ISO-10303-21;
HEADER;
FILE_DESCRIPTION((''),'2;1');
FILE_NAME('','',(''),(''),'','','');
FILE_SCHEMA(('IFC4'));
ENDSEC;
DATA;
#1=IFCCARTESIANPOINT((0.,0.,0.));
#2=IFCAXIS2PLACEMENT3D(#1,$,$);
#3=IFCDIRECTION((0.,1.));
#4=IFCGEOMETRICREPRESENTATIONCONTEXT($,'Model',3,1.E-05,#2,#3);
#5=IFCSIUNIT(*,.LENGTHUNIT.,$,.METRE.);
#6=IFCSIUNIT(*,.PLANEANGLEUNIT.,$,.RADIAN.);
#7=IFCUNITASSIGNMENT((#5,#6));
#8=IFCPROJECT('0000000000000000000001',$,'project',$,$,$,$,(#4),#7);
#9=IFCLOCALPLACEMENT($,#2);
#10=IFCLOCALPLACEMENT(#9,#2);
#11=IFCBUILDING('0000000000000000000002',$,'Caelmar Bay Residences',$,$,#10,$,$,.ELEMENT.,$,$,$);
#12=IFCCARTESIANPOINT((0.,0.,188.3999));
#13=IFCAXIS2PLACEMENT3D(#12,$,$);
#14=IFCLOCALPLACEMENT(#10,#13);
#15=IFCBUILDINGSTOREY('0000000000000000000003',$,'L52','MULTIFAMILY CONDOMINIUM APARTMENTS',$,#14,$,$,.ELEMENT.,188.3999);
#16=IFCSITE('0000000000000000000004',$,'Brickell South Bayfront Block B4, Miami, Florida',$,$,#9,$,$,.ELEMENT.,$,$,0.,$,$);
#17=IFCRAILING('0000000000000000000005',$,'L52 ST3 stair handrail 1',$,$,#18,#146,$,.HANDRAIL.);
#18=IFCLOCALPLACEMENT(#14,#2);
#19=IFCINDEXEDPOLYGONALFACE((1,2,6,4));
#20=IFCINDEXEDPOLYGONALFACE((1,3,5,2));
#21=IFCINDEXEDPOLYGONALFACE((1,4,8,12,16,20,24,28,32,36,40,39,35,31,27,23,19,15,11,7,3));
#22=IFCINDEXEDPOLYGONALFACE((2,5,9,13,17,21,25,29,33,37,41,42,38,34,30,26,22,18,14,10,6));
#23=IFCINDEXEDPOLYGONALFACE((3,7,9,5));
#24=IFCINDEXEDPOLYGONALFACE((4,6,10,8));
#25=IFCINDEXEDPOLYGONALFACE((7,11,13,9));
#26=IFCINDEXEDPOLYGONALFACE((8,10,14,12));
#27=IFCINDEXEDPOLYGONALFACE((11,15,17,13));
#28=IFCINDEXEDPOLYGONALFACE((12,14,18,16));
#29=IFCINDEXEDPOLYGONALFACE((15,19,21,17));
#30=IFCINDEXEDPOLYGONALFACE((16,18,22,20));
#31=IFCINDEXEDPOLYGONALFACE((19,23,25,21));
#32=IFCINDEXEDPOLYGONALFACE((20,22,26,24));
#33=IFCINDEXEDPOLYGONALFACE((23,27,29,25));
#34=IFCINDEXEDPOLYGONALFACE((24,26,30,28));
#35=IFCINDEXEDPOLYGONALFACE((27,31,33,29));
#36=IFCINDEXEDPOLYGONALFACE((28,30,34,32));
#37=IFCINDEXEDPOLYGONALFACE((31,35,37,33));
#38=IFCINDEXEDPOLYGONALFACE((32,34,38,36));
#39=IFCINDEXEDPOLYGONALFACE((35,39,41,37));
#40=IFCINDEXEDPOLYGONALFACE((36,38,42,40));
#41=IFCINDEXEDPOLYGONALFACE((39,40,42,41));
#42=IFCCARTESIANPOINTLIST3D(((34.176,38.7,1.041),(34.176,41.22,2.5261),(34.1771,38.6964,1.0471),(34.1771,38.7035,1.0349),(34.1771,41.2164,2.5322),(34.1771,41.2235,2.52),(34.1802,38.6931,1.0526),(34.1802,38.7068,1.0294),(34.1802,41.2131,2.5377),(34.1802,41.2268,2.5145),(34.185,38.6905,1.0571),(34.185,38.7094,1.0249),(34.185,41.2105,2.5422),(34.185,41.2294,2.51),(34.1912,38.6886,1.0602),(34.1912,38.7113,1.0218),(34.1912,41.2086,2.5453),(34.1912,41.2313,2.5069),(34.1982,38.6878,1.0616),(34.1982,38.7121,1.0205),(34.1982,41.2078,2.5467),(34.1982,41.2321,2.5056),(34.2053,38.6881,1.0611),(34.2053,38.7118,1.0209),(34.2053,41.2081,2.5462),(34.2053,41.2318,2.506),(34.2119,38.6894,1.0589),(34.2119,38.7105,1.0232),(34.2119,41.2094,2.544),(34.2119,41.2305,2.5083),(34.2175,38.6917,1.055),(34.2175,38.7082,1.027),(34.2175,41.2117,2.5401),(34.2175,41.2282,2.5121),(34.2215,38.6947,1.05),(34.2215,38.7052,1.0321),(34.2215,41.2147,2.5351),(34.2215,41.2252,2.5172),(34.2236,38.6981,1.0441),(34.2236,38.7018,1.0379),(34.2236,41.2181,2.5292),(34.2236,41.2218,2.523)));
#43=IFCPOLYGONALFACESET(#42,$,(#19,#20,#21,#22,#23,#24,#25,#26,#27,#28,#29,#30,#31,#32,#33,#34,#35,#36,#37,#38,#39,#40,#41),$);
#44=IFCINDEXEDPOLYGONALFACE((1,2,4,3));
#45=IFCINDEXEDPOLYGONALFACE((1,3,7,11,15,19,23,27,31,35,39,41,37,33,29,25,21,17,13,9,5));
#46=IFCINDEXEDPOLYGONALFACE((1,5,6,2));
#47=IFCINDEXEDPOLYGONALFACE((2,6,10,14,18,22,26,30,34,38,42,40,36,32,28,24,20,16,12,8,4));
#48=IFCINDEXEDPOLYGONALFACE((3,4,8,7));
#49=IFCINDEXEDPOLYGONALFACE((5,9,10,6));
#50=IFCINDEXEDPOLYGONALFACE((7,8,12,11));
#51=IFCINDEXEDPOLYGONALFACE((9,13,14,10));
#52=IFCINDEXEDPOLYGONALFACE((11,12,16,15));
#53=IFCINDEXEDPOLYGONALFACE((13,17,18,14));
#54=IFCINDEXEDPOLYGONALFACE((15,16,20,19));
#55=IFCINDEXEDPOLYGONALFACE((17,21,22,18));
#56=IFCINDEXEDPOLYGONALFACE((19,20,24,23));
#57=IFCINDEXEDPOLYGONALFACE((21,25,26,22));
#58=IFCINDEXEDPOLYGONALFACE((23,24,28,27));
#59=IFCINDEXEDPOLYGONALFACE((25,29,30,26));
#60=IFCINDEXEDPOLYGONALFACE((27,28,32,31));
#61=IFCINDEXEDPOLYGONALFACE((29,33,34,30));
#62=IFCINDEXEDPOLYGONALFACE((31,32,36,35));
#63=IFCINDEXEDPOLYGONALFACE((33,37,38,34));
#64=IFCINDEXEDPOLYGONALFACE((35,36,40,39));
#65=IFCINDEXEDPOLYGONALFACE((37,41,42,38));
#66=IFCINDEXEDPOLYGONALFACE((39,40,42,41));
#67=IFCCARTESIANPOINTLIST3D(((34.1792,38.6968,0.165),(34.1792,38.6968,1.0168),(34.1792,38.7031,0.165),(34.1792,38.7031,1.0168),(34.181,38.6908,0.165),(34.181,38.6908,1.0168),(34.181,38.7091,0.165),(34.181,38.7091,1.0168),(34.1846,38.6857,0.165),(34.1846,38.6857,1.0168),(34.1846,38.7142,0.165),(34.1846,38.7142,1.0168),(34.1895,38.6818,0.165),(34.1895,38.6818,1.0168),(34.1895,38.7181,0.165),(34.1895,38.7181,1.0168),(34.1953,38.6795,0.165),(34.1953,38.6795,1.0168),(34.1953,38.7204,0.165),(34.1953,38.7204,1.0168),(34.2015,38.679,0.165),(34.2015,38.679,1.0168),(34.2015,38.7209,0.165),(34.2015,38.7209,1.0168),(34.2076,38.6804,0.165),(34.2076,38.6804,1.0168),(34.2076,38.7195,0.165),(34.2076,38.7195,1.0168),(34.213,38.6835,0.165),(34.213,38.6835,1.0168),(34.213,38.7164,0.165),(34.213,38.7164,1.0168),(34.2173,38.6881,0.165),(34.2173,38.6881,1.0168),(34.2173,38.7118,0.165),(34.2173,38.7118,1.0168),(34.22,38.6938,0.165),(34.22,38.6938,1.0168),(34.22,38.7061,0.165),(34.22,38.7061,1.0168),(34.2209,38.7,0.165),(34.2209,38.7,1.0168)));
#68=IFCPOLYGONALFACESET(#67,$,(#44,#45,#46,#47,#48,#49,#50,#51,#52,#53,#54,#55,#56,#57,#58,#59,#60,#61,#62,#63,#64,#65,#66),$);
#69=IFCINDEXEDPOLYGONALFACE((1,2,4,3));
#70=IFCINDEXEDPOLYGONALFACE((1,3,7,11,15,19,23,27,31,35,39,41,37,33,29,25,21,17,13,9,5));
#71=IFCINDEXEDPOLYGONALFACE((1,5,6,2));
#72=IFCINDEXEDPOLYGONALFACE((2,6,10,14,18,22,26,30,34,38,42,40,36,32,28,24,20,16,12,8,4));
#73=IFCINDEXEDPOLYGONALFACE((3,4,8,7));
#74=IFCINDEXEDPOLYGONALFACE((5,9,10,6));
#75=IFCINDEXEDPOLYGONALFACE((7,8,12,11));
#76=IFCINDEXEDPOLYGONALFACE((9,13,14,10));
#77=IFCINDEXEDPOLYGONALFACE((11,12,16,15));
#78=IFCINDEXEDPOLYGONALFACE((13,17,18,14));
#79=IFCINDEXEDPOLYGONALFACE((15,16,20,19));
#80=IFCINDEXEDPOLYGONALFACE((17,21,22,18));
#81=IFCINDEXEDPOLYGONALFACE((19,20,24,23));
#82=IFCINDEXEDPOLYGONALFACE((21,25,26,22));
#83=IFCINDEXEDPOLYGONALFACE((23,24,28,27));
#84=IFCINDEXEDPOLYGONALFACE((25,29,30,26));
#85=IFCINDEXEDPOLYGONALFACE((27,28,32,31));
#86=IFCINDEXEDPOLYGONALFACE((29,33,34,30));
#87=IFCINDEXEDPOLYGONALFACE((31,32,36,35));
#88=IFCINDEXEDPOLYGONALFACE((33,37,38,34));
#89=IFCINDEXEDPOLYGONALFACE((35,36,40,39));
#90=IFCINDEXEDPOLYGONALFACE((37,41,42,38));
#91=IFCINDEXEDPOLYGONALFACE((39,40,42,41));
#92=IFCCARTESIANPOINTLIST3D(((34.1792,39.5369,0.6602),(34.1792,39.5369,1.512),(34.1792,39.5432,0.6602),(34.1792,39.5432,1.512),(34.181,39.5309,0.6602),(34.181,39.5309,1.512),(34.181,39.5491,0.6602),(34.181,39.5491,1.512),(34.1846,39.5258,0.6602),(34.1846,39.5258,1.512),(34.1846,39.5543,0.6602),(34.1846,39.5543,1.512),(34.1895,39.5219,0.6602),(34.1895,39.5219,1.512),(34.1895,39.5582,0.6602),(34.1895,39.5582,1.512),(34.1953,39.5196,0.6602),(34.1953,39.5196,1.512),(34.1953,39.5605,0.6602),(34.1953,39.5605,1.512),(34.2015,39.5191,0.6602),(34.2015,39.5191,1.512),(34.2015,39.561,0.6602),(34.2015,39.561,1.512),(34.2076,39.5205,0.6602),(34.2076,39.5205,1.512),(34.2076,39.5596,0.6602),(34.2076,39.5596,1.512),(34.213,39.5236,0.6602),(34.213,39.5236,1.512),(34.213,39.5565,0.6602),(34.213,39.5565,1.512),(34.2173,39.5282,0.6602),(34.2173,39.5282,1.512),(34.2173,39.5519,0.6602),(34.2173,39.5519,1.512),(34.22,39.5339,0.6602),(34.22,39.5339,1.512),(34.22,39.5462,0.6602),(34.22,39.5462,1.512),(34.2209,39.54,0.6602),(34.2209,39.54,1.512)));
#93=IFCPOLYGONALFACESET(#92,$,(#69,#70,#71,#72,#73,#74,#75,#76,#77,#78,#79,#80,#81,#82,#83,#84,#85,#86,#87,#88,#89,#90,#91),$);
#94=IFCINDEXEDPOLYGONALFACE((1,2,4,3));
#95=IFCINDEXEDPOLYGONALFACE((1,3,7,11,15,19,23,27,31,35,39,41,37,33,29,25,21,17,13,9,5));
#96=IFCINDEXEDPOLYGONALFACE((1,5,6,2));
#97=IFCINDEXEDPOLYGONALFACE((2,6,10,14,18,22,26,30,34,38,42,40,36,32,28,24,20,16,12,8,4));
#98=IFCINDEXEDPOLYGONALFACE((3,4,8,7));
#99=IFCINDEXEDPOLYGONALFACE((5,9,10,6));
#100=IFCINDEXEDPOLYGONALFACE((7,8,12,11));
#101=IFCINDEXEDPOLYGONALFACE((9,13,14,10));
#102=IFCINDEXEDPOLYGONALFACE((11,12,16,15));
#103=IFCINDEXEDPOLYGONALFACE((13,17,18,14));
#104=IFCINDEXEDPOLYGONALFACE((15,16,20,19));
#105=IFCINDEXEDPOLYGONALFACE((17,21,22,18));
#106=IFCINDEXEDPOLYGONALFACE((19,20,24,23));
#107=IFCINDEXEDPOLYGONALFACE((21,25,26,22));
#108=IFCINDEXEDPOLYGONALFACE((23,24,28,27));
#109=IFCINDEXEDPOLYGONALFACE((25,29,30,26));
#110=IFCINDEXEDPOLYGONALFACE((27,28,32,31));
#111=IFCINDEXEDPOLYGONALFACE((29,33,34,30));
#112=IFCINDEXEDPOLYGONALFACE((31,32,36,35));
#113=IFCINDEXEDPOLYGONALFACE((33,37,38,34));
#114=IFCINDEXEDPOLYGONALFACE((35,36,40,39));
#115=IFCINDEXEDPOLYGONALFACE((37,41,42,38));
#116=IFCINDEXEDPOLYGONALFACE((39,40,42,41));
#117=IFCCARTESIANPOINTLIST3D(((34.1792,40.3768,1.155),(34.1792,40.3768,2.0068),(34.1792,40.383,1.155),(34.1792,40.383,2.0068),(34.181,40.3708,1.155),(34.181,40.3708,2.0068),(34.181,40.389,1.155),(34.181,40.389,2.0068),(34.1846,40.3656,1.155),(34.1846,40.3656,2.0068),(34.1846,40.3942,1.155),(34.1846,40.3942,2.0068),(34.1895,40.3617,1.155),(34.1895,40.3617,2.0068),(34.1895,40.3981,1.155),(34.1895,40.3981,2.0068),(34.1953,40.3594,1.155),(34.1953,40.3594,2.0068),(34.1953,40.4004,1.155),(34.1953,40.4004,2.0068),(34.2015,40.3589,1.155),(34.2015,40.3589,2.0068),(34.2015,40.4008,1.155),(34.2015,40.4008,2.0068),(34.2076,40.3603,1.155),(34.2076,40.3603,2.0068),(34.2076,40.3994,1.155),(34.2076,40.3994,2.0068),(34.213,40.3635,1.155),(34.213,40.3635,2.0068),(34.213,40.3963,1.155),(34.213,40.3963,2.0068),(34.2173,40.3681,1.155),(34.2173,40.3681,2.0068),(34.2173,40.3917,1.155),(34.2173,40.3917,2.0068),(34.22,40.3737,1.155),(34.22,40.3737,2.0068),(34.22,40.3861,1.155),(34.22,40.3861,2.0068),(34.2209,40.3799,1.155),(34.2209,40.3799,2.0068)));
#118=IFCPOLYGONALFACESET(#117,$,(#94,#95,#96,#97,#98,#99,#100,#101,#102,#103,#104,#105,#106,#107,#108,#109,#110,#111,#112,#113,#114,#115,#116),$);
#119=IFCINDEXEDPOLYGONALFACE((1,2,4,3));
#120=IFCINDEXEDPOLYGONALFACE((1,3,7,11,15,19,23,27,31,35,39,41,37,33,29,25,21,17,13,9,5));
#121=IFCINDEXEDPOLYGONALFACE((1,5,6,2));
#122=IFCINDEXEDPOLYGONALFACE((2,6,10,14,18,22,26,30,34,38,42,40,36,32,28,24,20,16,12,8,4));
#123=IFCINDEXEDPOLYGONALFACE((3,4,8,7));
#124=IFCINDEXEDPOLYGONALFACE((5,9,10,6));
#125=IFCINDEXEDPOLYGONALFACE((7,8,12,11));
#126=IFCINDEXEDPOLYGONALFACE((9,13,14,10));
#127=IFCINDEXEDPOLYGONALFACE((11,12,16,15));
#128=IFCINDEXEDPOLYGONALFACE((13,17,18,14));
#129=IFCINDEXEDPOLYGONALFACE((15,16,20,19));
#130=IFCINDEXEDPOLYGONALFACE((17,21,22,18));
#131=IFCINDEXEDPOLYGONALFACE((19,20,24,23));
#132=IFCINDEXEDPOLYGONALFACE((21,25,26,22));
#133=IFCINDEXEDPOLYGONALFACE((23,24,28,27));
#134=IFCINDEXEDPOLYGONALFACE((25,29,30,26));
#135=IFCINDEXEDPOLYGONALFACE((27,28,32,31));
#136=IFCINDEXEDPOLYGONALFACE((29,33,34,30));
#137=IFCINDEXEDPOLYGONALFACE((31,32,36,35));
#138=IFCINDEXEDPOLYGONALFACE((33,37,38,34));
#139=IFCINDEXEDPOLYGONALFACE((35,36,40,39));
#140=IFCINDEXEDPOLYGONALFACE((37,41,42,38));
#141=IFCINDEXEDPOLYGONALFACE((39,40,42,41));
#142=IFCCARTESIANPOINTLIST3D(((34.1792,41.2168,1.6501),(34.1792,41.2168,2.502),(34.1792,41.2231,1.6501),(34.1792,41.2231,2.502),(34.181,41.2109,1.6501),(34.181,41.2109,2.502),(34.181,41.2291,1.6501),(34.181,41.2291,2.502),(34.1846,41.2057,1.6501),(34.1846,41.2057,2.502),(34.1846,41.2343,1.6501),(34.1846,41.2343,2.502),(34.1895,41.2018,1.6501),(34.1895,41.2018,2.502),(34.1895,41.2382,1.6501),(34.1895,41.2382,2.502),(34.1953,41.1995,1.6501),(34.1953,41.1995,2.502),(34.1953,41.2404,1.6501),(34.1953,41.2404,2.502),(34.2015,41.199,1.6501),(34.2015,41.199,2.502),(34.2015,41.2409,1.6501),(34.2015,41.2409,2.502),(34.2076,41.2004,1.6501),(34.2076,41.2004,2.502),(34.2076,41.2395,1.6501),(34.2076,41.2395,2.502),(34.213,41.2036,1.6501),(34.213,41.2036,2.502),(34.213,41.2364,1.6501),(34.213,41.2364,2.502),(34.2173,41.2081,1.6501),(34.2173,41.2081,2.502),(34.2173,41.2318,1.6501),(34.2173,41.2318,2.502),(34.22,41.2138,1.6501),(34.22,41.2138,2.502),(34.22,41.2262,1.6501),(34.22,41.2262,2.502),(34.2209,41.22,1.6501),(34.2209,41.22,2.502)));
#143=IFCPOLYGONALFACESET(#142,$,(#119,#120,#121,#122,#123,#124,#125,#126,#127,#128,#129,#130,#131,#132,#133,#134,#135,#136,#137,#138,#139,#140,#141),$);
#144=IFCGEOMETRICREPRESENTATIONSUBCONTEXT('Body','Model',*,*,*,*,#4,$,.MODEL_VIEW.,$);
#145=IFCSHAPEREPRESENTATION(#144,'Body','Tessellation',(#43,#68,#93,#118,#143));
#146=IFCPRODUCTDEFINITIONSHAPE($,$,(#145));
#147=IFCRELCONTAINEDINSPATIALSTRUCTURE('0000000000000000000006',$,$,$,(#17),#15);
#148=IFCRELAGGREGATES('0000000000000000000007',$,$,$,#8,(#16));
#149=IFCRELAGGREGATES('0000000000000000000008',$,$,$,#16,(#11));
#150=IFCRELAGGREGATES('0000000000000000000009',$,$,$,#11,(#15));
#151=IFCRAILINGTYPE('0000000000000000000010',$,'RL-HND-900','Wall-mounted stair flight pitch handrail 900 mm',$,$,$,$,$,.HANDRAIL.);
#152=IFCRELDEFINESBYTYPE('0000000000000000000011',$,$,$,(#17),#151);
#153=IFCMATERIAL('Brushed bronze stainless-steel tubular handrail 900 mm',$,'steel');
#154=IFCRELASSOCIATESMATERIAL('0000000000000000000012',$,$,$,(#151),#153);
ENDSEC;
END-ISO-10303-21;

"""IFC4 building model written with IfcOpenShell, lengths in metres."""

from ifc_helpers import new_model, si_unit, direction, frame, origin, origin_2d, place, context, subcontext, project, spatial, circle, extrude, material, type_object, element, save


model = new_model("IFC4")

# Units and contexts
model_context = context("Model", 3, precision=1e-05, world=origin(), true_north=direction((0.0, 1.0)))
body_context = subcontext(model_context, "Body", "Model", "MODEL_VIEW")
ifc_project = project(units=[si_unit("LENGTHUNIT", "METRE"), si_unit("PLANEANGLEUNIT", "RADIAN")], contexts=[model_context])

# Site, building, storey
site_placement = place(None, origin())
site = spatial("IfcSite", under=ifc_project, at=site_placement, Name="Brickell South Bayfront Block B4, Miami, Florida", CompositionType="ELEMENT", RefElevation=0.0)
building_placement = place(site_placement, origin())
building = spatial("IfcBuilding", under=site, at=building_placement, Name="Caelmar Bay Residences", CompositionType="ELEMENT")
storey_placement = place(building_placement, frame((0.0, 0.0, 188.3999)))
storey = spatial("IfcBuildingStorey", under=building, at=storey_placement, Name="L52", Description="MULTIFAMILY CONDOMINIUM APARTMENTS", CompositionType="ELEMENT", Elevation=188.3999)

# Railing
ifc_material_1 = material(Name="Brushed bronze stainless-steel tubular handrail 900 mm", Category="steel")
railing_type_1 = type_object("IfcRailingType", Name="RL-HND-900", Description="Wall-mounted stair flight pitch handrail 900 mm", PredefinedType="HANDRAIL", material=ifc_material_1)
railing_1_placement = place(storey_placement, frame((34.2, 38.7, 0.165)))
element("IfcRailing", 1, at=railing_1_placement, inside=storey, type_object=railing_type_1, Name="L52 ST3 stair handrail 1", PredefinedType="HANDRAIL", context=body_context, shape_type="SweptSolid", body=[
    extrude(circle(Radius=0.0239, at=origin_2d()), frame((0.0, 0.0, 0.876), z_axis=(0.0, 0.861524, 0.507717), x_axis=(-1.0, 0.0, 0.0)), (0.0, 0.0, 1.0), 2.925),
    extrude(circle(Radius=0.021, at=origin_2d()), origin(), (0.0, 0.0, 1.0), 0.8518),
    extrude(circle(Radius=0.021, at=origin_2d()), frame((0.0, 0.8401, 0.4951)), (0.0, 0.0, 1.0), 0.8518),
    extrude(circle(Radius=0.021, at=origin_2d()), frame((0.0, 1.6799, 0.99)), (0.0, 0.0, 1.0), 0.8518),
    extrude(circle(Radius=0.021, at=origin_2d()), frame((0.0, 2.52, 1.4851)), (0.0, 0.0, 1.0), 0.8518),
])

save(model, "model.ifc")
